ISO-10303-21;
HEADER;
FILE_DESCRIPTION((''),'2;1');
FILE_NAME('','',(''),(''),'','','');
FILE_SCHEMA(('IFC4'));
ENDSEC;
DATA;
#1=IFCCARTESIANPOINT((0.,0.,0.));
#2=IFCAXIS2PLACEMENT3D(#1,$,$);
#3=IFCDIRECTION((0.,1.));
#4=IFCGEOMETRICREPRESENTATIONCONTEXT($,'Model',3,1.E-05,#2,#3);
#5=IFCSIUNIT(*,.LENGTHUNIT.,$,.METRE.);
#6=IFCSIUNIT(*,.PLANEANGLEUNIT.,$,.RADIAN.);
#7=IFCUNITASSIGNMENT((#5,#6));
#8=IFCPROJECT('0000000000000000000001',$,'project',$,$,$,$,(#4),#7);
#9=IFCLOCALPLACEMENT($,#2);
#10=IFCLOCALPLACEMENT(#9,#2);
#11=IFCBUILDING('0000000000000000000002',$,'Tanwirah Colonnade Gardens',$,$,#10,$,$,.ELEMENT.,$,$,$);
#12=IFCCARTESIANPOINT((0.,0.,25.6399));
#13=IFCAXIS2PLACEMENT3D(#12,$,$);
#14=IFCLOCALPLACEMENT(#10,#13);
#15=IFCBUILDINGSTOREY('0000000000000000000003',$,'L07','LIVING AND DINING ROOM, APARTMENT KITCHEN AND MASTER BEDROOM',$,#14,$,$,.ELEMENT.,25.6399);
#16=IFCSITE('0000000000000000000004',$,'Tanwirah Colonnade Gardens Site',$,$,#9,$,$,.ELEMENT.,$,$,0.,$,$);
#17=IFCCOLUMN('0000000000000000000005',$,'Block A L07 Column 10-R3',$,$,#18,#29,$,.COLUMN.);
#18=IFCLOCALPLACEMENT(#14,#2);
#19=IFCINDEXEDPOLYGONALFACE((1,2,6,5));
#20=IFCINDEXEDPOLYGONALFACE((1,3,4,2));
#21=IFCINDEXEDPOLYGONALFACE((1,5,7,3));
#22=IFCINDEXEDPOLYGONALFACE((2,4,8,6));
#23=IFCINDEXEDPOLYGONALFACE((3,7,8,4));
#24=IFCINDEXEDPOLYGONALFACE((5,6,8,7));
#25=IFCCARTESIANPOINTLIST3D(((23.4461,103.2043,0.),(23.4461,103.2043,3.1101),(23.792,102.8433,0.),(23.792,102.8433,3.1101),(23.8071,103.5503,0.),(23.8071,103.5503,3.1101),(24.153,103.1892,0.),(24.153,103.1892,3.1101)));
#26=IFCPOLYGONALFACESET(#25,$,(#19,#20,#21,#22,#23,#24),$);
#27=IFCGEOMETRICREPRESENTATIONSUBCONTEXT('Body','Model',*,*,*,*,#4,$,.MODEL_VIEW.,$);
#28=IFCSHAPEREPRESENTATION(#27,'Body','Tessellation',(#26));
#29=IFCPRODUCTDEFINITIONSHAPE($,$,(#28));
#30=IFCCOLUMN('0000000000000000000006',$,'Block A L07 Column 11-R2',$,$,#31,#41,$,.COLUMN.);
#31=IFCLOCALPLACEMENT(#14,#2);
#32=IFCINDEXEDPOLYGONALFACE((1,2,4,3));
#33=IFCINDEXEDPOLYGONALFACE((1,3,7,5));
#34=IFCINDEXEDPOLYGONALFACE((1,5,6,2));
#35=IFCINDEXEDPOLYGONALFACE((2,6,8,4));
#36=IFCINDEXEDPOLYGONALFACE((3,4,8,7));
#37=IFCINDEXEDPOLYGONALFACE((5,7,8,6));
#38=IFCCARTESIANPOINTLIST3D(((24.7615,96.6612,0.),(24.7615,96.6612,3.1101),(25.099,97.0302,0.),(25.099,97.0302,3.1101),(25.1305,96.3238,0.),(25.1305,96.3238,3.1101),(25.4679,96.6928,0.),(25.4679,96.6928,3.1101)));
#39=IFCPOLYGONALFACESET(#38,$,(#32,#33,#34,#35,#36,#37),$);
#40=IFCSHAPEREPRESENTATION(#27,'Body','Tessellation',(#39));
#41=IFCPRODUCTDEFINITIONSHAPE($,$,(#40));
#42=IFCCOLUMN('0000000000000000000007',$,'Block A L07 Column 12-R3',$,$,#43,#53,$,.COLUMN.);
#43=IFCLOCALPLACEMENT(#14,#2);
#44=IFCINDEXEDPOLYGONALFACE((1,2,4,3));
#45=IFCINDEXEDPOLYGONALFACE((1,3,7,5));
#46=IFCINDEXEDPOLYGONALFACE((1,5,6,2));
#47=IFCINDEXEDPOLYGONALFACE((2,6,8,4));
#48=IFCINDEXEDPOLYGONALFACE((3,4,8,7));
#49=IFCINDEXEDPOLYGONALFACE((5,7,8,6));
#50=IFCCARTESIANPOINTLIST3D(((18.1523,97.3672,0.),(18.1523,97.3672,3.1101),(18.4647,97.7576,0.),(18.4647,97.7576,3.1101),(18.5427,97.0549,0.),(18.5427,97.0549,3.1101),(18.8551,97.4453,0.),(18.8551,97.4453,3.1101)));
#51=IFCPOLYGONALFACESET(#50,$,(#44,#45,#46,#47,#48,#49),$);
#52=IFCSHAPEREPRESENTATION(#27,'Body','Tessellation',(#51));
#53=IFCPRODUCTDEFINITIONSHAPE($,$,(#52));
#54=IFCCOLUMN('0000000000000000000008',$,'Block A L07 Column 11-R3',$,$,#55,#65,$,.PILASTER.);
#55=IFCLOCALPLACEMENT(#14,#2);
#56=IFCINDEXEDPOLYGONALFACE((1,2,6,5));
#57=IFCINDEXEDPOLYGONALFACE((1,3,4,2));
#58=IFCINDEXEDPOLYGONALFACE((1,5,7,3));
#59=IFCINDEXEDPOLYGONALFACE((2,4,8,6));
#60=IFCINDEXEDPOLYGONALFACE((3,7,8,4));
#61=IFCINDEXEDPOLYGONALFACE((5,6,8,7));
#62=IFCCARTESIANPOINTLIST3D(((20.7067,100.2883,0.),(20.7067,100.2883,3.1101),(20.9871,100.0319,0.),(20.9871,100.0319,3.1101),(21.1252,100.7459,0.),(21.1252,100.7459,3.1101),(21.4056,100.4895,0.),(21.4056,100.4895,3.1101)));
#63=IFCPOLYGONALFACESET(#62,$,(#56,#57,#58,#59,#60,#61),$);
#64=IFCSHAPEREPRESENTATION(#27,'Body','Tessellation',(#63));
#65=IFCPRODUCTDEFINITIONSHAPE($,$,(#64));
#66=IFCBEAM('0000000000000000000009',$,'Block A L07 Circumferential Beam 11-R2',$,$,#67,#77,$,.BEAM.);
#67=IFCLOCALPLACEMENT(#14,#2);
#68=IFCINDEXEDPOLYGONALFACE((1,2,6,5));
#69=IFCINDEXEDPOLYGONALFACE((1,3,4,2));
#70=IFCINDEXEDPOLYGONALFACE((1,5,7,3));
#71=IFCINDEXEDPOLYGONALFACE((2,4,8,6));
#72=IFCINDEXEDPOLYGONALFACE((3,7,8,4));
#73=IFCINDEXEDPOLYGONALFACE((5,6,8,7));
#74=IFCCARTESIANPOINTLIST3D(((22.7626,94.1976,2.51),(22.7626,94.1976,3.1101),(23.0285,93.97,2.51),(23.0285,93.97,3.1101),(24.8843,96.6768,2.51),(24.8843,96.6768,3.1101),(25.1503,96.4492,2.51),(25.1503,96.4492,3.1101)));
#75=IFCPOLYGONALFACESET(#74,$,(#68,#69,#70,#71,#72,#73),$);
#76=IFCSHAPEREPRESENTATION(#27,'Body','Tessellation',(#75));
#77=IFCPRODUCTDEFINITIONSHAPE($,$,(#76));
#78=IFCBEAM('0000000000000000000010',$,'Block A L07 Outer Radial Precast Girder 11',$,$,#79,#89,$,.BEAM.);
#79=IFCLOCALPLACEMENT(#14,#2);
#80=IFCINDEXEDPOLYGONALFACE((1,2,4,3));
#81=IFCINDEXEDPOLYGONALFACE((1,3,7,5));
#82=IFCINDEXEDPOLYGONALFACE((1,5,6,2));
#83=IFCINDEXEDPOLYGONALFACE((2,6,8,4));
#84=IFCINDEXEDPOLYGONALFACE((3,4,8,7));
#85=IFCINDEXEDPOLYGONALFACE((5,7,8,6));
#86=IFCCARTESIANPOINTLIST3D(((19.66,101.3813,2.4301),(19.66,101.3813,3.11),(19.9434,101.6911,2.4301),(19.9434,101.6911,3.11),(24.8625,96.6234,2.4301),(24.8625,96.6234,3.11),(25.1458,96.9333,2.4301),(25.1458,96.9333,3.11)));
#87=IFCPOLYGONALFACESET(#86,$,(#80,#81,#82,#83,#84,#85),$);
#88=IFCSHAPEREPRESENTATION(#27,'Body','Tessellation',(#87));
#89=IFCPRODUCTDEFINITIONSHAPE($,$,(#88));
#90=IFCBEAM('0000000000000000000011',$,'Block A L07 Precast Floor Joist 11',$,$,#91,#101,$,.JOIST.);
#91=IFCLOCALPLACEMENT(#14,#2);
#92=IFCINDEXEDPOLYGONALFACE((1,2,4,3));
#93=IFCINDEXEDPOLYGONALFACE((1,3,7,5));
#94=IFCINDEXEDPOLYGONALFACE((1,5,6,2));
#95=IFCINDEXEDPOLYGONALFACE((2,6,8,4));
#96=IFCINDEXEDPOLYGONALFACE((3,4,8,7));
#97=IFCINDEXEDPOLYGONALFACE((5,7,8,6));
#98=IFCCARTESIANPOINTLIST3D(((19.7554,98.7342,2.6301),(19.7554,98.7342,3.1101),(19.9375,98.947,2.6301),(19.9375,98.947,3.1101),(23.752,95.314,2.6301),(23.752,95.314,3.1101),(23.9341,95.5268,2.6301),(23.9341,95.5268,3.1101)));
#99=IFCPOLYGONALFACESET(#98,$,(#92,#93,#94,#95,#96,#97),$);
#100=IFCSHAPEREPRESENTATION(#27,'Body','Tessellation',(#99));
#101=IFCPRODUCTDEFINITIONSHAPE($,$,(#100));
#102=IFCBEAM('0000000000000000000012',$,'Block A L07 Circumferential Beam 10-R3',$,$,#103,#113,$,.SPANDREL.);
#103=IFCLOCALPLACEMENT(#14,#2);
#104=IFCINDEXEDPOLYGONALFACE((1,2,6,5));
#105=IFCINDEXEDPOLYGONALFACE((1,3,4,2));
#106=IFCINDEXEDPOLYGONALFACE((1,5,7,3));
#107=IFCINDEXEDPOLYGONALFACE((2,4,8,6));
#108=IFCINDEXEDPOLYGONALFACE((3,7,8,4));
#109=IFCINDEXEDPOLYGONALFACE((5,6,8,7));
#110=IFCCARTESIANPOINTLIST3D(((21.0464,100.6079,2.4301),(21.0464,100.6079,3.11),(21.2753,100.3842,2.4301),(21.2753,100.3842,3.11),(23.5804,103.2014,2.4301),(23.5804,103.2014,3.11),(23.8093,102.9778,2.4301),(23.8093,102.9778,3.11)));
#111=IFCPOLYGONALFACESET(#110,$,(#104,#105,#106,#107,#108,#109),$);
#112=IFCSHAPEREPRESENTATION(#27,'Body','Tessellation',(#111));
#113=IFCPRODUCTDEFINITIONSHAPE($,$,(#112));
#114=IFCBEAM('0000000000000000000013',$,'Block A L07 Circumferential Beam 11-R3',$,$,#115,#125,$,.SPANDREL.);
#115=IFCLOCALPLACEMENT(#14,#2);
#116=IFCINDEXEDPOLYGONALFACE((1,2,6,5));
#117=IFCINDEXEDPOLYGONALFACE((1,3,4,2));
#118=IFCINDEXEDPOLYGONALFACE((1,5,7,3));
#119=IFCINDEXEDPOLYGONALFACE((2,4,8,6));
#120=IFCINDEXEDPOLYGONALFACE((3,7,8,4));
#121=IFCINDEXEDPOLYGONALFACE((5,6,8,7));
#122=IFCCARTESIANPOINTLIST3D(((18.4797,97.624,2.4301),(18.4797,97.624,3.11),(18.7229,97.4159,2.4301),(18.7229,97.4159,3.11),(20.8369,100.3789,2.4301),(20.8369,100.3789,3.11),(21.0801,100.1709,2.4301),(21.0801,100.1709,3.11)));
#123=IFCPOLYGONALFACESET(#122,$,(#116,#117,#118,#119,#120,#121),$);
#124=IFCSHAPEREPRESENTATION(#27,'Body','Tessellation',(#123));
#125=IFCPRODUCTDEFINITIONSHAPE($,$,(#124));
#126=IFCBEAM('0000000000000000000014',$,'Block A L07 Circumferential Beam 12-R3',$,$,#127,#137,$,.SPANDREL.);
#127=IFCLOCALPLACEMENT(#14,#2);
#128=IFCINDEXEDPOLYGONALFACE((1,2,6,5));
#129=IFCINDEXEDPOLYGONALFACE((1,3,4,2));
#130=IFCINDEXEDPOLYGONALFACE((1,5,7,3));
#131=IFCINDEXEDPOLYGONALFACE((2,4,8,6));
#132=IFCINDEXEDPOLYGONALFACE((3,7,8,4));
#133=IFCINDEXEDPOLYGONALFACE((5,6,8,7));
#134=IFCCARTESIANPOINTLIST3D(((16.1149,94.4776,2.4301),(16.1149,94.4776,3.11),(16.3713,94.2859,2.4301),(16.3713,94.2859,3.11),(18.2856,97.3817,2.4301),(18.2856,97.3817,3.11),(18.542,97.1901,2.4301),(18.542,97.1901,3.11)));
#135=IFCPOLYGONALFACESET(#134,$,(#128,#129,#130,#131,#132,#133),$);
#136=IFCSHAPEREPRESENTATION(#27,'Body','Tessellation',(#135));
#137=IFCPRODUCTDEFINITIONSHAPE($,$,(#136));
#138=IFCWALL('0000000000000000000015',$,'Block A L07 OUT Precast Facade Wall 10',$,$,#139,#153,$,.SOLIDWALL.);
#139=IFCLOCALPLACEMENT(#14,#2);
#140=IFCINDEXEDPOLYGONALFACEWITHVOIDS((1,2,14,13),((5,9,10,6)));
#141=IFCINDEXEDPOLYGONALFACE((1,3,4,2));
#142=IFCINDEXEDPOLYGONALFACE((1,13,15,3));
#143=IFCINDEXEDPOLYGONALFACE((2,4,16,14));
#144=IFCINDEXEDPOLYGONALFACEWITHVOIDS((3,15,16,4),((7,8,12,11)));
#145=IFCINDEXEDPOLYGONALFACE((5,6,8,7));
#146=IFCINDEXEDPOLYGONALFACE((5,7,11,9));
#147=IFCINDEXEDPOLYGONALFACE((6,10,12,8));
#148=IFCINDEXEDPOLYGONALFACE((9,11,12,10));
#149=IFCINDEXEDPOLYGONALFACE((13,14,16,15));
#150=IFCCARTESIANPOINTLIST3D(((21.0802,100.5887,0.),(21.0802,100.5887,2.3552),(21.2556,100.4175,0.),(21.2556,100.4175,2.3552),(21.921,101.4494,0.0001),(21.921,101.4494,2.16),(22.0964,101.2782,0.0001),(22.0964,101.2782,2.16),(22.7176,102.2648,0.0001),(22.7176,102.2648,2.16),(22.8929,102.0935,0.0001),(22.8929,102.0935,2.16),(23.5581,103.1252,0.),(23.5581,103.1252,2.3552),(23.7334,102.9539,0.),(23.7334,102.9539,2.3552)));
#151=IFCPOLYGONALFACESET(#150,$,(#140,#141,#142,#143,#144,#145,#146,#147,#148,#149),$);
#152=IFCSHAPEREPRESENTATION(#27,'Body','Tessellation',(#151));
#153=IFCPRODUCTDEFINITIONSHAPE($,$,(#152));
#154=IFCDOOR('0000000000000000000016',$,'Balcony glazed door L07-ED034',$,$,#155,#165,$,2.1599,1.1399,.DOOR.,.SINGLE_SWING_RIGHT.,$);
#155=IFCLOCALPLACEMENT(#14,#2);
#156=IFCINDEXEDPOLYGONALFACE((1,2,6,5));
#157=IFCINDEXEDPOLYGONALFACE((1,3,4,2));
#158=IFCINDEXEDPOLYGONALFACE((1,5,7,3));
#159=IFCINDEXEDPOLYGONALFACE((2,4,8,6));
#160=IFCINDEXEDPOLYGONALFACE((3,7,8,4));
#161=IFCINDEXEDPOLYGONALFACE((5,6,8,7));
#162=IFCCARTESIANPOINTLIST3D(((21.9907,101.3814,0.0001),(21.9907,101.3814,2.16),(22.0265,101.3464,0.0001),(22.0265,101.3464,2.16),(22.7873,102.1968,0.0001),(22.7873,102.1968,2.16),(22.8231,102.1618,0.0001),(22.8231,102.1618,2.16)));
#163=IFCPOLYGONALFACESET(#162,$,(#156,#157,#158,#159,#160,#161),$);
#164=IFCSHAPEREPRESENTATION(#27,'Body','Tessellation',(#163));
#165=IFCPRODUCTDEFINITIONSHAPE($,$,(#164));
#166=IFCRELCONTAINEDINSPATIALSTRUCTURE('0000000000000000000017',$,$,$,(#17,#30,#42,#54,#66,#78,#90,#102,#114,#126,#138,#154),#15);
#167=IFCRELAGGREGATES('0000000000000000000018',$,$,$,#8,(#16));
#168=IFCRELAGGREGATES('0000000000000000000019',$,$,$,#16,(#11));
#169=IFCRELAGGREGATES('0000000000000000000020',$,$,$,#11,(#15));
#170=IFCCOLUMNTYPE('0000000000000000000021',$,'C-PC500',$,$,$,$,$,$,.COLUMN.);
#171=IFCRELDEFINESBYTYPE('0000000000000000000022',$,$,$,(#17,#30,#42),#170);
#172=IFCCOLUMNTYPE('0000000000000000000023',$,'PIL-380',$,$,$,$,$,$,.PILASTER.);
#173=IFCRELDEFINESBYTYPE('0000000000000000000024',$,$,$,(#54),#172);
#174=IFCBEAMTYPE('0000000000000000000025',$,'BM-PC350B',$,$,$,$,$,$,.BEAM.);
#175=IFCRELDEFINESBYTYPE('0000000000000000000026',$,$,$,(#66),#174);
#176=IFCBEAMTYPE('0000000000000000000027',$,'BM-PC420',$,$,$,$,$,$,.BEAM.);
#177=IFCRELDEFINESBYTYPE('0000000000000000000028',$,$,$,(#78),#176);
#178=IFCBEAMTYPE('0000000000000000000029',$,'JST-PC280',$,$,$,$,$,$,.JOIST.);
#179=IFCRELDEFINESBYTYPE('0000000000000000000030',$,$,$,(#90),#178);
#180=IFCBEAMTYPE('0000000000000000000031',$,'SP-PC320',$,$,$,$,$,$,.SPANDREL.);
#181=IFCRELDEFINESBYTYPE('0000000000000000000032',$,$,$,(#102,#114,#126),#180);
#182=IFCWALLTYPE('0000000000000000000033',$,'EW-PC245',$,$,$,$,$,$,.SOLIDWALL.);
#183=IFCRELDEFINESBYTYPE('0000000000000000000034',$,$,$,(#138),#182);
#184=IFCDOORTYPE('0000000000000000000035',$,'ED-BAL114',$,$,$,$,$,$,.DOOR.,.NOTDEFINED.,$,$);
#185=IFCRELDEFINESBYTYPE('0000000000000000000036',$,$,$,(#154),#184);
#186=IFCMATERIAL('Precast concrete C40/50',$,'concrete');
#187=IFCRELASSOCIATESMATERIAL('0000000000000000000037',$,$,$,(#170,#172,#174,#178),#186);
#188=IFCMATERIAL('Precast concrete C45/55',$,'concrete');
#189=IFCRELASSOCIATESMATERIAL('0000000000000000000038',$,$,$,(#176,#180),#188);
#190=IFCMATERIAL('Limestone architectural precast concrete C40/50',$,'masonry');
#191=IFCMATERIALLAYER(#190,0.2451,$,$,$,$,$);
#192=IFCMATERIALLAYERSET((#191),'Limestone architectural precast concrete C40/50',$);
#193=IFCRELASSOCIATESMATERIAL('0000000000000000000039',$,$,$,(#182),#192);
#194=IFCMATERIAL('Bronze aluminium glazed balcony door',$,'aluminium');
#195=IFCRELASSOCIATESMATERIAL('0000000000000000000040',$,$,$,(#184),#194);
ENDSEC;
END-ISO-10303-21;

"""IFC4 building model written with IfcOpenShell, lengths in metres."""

from ifc_helpers import new_model, si_unit, direction, frame, frame_2d, origin, origin_2d, place, context, subcontext, project, spatial, rectangle, extrude, material, layer, layer_set, material_profile, profile_set, type_object, element, fill, save


model = new_model("IFC4")

# Units and contexts
model_context = context("Model", 3, precision=1e-05, world=origin(), true_north=direction((0.0, 1.0)))
body_context = subcontext(model_context, "Body", "Model", "MODEL_VIEW")
ifc_project = project(units=[si_unit("LENGTHUNIT", "METRE"), si_unit("PLANEANGLEUNIT", "RADIAN")], contexts=[model_context])

# Site, building, storey
site_placement = place(None, origin())
site = spatial("IfcSite", under=ifc_project, at=site_placement, Name="Tanwirah Colonnade Gardens Site", CompositionType="ELEMENT", RefElevation=0.0)
building_placement = place(site_placement, origin())
building = spatial("IfcBuilding", under=site, at=building_placement, Name="Tanwirah Colonnade Gardens", CompositionType="ELEMENT")
storey_placement = place(building_placement, frame((0.0, 0.0, 25.6399)))
storey = spatial("IfcBuildingStorey", under=building, at=storey_placement, Name="L07", Description="LIVING AND DINING ROOM, APARTMENT KITCHEN AND MASTER BEDROOM", CompositionType="ELEMENT", Elevation=25.6399)

# Columns
ifc_material_1 = material(Name="Precast concrete C40/50", Category="concrete")
ifc_material_profile_1 = material_profile(ifc_material_1, rectangle(XDim=0.5, YDim=0.5, at=origin_2d()), Name="PC-COL 500x500")
ifc_profile_set_1 = profile_set([ifc_material_profile_1], Name="Precast concrete C40/50")
column_type_1 = type_object("IfcColumnType", Name="C-PC500", PredefinedType="COLUMN", material=ifc_profile_set_1)
for number, where, z_axis, x_axis, name in (
    (1, (23.7996, 103.1968, 0.0), (0.0, 0.0, 1.0), (-0.691863, 0.722029, 0.0), "Block A L07 Column 10-R3"),
    (2, (25.1147, 96.677, 0.0), (0.0, 0.0, 1.0), (-0.737932, 0.674875, 0.0), "Block A L07 Column 11-R2"),
    (3, (18.5037, 97.4062, 0.0), (0.0, 0.0, 1.0), (-0.780794, 0.624788, 0.0), "Block A L07 Column 12-R3"),
):
    element("IfcColumn", number, at=place(storey_placement, frame(where, z_axis=z_axis, x_axis=x_axis)), inside=storey, type_object=column_type_1, Name=name, PredefinedType="COLUMN", context=body_context, shape_type="SweptSolid", body=[
        extrude(rectangle(XDim=0.5, YDim=0.5, at=origin_2d()), origin(), (0.0, 0.0, 1.0), 3.1101),
    ])
ifc_material_profile_2 = material_profile(ifc_material_1, rectangle(XDim=0.3799, YDim=0.6201, at=origin_2d()), Name="PC-PIL 380x620")
ifc_profile_set_2 = profile_set([ifc_material_profile_2], Name="Precast concrete C40/50")
column_type_2 = type_object("IfcColumnType", Name="PIL-380", PredefinedType="PILASTER", material=ifc_profile_set_2)
column_placement = place(storey_placement, frame((21.0562, 100.3889, 0.0), z_axis=(0.0, 0.0, 1.0), x_axis=(-0.737932, 0.674875, 0.0)))
element("IfcColumn", 4, at=column_placement, inside=storey, type_object=column_type_2, Name="Block A L07 Column 11-R3", PredefinedType="PILASTER", context=body_context, shape_type="SweptSolid", body=[
    extrude(rectangle(XDim=0.3799, YDim=0.6201, at=origin_2d()), origin(), (0.0, 0.0, 1.0), 3.1101),
])

# Beams
ifc_material_profile_3 = material_profile(ifc_material_1, rectangle(XDim=0.3501, YDim=0.6001, at=origin_2d()), Name="PC-BM 350x600")
ifc_profile_set_3 = profile_set([ifc_material_profile_3], Name="Precast concrete C40/50")
beam_type_1 = type_object("IfcBeamType", Name="BM-PC350B", PredefinedType="BEAM", material=ifc_profile_set_3)
beam_1_placement = place(storey_placement, frame((25.0173, 96.563, 2.8101), z_axis=(-0.650218, -0.759748, 0.0), x_axis=(0.759748, -0.650218, 0.0)))
element("IfcBeam", 5, at=beam_1_placement, inside=storey, type_object=beam_type_1, Name="Block A L07 Circumferential Beam 11-R2", PredefinedType="BEAM", context=body_context, shape_type="SweptSolid", body=[
    extrude(rectangle(XDim=0.3501, YDim=0.6001, at=origin_2d()), origin(), (0.0, 0.0, 1.0), 3.2632),
])
ifc_material_2 = material(Name="Precast concrete C45/55", Category="concrete")
ifc_material_profile_4 = material_profile(ifc_material_2, rectangle(XDim=0.4199, YDim=0.6799, at=origin_2d()), Name="PC-BM 420x680")
ifc_profile_set_4 = profile_set([ifc_material_profile_4], Name="Precast concrete C45/55")
beam_type_2 = type_object("IfcBeamType", Name="BM-PC420", PredefinedType="BEAM", material=ifc_profile_set_4)
beam_2_placement = place(storey_placement, frame((25.0042, 96.7783, 2.77), z_axis=(-0.737934, 0.674873, 0.0), x_axis=(-0.674873, -0.737934, 0.0)))
element("IfcBeam", 6, at=beam_2_placement, inside=storey, type_object=beam_type_2, Name="Block A L07 Outer Radial Precast Girder 11", PredefinedType="BEAM", context=body_context, shape_type="SweptSolid", body=[
    extrude(rectangle(XDim=0.4199, YDim=0.6799, at=origin_2d()), origin(), (0.0, 0.0, 1.0), 7.05),
])
ifc_material_profile_5 = material_profile(ifc_material_1, rectangle(XDim=0.28, YDim=0.48, at=origin_2d()), Name="PC-JST 280x480")
ifc_profile_set_5 = profile_set([ifc_material_profile_5], Name="Precast concrete C40/50")
beam_type_3 = type_object("IfcBeamType", Name="JST-PC280", PredefinedType="JOIST", material=ifc_profile_set_5)
beam_3_placement = place(storey_placement, frame((23.843, 95.4204, 2.8701), z_axis=(-0.759771, 0.650191, 0.0), x_axis=(-0.650191, -0.759771, 0.0)))
element("IfcBeam", 7, at=beam_3_placement, inside=storey, type_object=beam_type_3, Name="Block A L07 Precast Floor Joist 11", PredefinedType="JOIST", context=body_context, shape_type="SweptSolid", body=[
    extrude(rectangle(XDim=0.28, YDim=0.48, at=origin_2d()), origin(), (0.0, 0.0, 1.0), 5.2603),
])
ifc_material_profile_6 = material_profile(ifc_material_2, rectangle(XDim=0.3201, YDim=0.6799, at=origin_2d()), Name="PC-SP 320x680")
ifc_profile_set_6 = profile_set([ifc_material_profile_6], Name="Precast concrete C45/55")
beam_type_4 = type_object("IfcBeamType", Name="SP-PC320", PredefinedType="SPANDREL", material=ifc_profile_set_6)
beam_4_placement = place(storey_placement, frame((23.6948, 103.0896, 2.77), z_axis=(-0.698844, -0.715274, 0.0), x_axis=(0.715274, -0.698844, 0.0)))
element("IfcBeam", 8, at=beam_4_placement, inside=storey, type_object=beam_type_4, Name="Block A L07 Circumferential Beam 10-R3", PredefinedType="SPANDREL", context=body_context, shape_type="SweptSolid", body=[
    extrude(rectangle(XDim=0.3201, YDim=0.6799, at=origin_2d()), origin(), (0.0, 0.0, 1.0), 3.626),
])
for number, where, z_axis, x_axis, name in (
    (9, (20.9585, 100.2749, 2.77), (-0.650131, -0.759822, 0.0), (0.759822, -0.650131, 0.0), "Block A L07 Circumferential Beam 11-R3"),
    (10, (18.4138, 97.2859, 2.77), (-0.598696, -0.800977, 0.0), (0.800977, -0.598696, 0.0), "Block A L07 Circumferential Beam 12-R3"),
):
    element("IfcBeam", number, at=place(storey_placement, frame(where, z_axis=z_axis, x_axis=x_axis)), inside=storey, type_object=beam_type_4, Name=name, PredefinedType="SPANDREL", context=body_context, shape_type="SweptSolid", body=[
        extrude(rectangle(XDim=0.3201, YDim=0.6799, at=origin_2d()), origin(), (0.0, 0.0, 1.0), 3.6257),
    ])

# Wall, opening, door
ifc_material_3 = material(Name="Limestone architectural precast concrete C40/50", Category="masonry")
ifc_layer_1 = layer(ifc_material_3, 0.2451)
ifc_layer_set_1 = layer_set([ifc_layer_1], Name="Limestone architectural precast concrete C40/50")
wall_type_1 = type_object("IfcWallType", Name="EW-PC245", PredefinedType="SOLIDWALL", material=ifc_layer_set_1)
wall_1_placement = place(storey_placement, frame((23.6458, 103.0396, 0.0), z_axis=(0.0, 0.0, 1.0), x_axis=(-0.698796, -0.715321, 0.0)))
wall_1 = element("IfcWall", 11, at=wall_1_placement, inside=storey, type_object=wall_type_1, Name="Block A L07 OUT Precast Facade Wall 10", PredefinedType="SOLIDWALL", context=body_context, shape_type="SweptSolid", body=[
    extrude(rectangle(XDim=3.5459, YDim=0.2451, at=frame_2d((1.7729, 0.0))), origin(), (0.0, 0.0, 1.0), 2.3552),
])
opening_1_placement = place(wall_1_placement, frame((1.2029, 0.0, 0.0)))
opening_1 = element("IfcOpeningElement", 12, at=opening_1_placement, cuts=wall_1, PredefinedType="OPENING", context=body_context, shape_type="SweptSolid", body=[
    extrude(rectangle(XDim=1.1399, YDim=2.1599, at=frame_2d((0.5698, 1.0801))), frame((0.0, 0.1326, 0.0), z_axis=(0.0, -1.0, 0.0), x_axis=(1.0, 0.0, 0.0)), (0.0, 0.0, 1.0), 0.2651),
])
ifc_material_4 = material(Name="Bronze aluminium glazed balcony door", Category="aluminium")
door_type_1 = type_object("IfcDoorType", Name="ED-BAL114", OperationType="NOTDEFINED", PredefinedType="DOOR", material=ifc_material_4)
door_1_placement = place(opening_1_placement, origin())
door_1 = element("IfcDoor", 13, at=door_1_placement, inside=storey, type_object=door_type_1, Name="Balcony glazed door L07-ED034", OperationType="SINGLE_SWING_RIGHT", OverallHeight=2.1599, OverallWidth=1.1399, PredefinedType="DOOR", context=body_context, shape_type="SweptSolid", body=[
    extrude(rectangle(XDim=1.1399, YDim=2.1599, at=frame_2d((0.5698, 1.0801))), frame((0.0, 0.0249, 0.0), z_axis=(0.0, -1.0, 0.0), x_axis=(1.0, 0.0, 0.0)), (0.0, 0.0, 1.0), 0.05),
])
fill(opening_1, door_1)

save(model, "model.ifc")
